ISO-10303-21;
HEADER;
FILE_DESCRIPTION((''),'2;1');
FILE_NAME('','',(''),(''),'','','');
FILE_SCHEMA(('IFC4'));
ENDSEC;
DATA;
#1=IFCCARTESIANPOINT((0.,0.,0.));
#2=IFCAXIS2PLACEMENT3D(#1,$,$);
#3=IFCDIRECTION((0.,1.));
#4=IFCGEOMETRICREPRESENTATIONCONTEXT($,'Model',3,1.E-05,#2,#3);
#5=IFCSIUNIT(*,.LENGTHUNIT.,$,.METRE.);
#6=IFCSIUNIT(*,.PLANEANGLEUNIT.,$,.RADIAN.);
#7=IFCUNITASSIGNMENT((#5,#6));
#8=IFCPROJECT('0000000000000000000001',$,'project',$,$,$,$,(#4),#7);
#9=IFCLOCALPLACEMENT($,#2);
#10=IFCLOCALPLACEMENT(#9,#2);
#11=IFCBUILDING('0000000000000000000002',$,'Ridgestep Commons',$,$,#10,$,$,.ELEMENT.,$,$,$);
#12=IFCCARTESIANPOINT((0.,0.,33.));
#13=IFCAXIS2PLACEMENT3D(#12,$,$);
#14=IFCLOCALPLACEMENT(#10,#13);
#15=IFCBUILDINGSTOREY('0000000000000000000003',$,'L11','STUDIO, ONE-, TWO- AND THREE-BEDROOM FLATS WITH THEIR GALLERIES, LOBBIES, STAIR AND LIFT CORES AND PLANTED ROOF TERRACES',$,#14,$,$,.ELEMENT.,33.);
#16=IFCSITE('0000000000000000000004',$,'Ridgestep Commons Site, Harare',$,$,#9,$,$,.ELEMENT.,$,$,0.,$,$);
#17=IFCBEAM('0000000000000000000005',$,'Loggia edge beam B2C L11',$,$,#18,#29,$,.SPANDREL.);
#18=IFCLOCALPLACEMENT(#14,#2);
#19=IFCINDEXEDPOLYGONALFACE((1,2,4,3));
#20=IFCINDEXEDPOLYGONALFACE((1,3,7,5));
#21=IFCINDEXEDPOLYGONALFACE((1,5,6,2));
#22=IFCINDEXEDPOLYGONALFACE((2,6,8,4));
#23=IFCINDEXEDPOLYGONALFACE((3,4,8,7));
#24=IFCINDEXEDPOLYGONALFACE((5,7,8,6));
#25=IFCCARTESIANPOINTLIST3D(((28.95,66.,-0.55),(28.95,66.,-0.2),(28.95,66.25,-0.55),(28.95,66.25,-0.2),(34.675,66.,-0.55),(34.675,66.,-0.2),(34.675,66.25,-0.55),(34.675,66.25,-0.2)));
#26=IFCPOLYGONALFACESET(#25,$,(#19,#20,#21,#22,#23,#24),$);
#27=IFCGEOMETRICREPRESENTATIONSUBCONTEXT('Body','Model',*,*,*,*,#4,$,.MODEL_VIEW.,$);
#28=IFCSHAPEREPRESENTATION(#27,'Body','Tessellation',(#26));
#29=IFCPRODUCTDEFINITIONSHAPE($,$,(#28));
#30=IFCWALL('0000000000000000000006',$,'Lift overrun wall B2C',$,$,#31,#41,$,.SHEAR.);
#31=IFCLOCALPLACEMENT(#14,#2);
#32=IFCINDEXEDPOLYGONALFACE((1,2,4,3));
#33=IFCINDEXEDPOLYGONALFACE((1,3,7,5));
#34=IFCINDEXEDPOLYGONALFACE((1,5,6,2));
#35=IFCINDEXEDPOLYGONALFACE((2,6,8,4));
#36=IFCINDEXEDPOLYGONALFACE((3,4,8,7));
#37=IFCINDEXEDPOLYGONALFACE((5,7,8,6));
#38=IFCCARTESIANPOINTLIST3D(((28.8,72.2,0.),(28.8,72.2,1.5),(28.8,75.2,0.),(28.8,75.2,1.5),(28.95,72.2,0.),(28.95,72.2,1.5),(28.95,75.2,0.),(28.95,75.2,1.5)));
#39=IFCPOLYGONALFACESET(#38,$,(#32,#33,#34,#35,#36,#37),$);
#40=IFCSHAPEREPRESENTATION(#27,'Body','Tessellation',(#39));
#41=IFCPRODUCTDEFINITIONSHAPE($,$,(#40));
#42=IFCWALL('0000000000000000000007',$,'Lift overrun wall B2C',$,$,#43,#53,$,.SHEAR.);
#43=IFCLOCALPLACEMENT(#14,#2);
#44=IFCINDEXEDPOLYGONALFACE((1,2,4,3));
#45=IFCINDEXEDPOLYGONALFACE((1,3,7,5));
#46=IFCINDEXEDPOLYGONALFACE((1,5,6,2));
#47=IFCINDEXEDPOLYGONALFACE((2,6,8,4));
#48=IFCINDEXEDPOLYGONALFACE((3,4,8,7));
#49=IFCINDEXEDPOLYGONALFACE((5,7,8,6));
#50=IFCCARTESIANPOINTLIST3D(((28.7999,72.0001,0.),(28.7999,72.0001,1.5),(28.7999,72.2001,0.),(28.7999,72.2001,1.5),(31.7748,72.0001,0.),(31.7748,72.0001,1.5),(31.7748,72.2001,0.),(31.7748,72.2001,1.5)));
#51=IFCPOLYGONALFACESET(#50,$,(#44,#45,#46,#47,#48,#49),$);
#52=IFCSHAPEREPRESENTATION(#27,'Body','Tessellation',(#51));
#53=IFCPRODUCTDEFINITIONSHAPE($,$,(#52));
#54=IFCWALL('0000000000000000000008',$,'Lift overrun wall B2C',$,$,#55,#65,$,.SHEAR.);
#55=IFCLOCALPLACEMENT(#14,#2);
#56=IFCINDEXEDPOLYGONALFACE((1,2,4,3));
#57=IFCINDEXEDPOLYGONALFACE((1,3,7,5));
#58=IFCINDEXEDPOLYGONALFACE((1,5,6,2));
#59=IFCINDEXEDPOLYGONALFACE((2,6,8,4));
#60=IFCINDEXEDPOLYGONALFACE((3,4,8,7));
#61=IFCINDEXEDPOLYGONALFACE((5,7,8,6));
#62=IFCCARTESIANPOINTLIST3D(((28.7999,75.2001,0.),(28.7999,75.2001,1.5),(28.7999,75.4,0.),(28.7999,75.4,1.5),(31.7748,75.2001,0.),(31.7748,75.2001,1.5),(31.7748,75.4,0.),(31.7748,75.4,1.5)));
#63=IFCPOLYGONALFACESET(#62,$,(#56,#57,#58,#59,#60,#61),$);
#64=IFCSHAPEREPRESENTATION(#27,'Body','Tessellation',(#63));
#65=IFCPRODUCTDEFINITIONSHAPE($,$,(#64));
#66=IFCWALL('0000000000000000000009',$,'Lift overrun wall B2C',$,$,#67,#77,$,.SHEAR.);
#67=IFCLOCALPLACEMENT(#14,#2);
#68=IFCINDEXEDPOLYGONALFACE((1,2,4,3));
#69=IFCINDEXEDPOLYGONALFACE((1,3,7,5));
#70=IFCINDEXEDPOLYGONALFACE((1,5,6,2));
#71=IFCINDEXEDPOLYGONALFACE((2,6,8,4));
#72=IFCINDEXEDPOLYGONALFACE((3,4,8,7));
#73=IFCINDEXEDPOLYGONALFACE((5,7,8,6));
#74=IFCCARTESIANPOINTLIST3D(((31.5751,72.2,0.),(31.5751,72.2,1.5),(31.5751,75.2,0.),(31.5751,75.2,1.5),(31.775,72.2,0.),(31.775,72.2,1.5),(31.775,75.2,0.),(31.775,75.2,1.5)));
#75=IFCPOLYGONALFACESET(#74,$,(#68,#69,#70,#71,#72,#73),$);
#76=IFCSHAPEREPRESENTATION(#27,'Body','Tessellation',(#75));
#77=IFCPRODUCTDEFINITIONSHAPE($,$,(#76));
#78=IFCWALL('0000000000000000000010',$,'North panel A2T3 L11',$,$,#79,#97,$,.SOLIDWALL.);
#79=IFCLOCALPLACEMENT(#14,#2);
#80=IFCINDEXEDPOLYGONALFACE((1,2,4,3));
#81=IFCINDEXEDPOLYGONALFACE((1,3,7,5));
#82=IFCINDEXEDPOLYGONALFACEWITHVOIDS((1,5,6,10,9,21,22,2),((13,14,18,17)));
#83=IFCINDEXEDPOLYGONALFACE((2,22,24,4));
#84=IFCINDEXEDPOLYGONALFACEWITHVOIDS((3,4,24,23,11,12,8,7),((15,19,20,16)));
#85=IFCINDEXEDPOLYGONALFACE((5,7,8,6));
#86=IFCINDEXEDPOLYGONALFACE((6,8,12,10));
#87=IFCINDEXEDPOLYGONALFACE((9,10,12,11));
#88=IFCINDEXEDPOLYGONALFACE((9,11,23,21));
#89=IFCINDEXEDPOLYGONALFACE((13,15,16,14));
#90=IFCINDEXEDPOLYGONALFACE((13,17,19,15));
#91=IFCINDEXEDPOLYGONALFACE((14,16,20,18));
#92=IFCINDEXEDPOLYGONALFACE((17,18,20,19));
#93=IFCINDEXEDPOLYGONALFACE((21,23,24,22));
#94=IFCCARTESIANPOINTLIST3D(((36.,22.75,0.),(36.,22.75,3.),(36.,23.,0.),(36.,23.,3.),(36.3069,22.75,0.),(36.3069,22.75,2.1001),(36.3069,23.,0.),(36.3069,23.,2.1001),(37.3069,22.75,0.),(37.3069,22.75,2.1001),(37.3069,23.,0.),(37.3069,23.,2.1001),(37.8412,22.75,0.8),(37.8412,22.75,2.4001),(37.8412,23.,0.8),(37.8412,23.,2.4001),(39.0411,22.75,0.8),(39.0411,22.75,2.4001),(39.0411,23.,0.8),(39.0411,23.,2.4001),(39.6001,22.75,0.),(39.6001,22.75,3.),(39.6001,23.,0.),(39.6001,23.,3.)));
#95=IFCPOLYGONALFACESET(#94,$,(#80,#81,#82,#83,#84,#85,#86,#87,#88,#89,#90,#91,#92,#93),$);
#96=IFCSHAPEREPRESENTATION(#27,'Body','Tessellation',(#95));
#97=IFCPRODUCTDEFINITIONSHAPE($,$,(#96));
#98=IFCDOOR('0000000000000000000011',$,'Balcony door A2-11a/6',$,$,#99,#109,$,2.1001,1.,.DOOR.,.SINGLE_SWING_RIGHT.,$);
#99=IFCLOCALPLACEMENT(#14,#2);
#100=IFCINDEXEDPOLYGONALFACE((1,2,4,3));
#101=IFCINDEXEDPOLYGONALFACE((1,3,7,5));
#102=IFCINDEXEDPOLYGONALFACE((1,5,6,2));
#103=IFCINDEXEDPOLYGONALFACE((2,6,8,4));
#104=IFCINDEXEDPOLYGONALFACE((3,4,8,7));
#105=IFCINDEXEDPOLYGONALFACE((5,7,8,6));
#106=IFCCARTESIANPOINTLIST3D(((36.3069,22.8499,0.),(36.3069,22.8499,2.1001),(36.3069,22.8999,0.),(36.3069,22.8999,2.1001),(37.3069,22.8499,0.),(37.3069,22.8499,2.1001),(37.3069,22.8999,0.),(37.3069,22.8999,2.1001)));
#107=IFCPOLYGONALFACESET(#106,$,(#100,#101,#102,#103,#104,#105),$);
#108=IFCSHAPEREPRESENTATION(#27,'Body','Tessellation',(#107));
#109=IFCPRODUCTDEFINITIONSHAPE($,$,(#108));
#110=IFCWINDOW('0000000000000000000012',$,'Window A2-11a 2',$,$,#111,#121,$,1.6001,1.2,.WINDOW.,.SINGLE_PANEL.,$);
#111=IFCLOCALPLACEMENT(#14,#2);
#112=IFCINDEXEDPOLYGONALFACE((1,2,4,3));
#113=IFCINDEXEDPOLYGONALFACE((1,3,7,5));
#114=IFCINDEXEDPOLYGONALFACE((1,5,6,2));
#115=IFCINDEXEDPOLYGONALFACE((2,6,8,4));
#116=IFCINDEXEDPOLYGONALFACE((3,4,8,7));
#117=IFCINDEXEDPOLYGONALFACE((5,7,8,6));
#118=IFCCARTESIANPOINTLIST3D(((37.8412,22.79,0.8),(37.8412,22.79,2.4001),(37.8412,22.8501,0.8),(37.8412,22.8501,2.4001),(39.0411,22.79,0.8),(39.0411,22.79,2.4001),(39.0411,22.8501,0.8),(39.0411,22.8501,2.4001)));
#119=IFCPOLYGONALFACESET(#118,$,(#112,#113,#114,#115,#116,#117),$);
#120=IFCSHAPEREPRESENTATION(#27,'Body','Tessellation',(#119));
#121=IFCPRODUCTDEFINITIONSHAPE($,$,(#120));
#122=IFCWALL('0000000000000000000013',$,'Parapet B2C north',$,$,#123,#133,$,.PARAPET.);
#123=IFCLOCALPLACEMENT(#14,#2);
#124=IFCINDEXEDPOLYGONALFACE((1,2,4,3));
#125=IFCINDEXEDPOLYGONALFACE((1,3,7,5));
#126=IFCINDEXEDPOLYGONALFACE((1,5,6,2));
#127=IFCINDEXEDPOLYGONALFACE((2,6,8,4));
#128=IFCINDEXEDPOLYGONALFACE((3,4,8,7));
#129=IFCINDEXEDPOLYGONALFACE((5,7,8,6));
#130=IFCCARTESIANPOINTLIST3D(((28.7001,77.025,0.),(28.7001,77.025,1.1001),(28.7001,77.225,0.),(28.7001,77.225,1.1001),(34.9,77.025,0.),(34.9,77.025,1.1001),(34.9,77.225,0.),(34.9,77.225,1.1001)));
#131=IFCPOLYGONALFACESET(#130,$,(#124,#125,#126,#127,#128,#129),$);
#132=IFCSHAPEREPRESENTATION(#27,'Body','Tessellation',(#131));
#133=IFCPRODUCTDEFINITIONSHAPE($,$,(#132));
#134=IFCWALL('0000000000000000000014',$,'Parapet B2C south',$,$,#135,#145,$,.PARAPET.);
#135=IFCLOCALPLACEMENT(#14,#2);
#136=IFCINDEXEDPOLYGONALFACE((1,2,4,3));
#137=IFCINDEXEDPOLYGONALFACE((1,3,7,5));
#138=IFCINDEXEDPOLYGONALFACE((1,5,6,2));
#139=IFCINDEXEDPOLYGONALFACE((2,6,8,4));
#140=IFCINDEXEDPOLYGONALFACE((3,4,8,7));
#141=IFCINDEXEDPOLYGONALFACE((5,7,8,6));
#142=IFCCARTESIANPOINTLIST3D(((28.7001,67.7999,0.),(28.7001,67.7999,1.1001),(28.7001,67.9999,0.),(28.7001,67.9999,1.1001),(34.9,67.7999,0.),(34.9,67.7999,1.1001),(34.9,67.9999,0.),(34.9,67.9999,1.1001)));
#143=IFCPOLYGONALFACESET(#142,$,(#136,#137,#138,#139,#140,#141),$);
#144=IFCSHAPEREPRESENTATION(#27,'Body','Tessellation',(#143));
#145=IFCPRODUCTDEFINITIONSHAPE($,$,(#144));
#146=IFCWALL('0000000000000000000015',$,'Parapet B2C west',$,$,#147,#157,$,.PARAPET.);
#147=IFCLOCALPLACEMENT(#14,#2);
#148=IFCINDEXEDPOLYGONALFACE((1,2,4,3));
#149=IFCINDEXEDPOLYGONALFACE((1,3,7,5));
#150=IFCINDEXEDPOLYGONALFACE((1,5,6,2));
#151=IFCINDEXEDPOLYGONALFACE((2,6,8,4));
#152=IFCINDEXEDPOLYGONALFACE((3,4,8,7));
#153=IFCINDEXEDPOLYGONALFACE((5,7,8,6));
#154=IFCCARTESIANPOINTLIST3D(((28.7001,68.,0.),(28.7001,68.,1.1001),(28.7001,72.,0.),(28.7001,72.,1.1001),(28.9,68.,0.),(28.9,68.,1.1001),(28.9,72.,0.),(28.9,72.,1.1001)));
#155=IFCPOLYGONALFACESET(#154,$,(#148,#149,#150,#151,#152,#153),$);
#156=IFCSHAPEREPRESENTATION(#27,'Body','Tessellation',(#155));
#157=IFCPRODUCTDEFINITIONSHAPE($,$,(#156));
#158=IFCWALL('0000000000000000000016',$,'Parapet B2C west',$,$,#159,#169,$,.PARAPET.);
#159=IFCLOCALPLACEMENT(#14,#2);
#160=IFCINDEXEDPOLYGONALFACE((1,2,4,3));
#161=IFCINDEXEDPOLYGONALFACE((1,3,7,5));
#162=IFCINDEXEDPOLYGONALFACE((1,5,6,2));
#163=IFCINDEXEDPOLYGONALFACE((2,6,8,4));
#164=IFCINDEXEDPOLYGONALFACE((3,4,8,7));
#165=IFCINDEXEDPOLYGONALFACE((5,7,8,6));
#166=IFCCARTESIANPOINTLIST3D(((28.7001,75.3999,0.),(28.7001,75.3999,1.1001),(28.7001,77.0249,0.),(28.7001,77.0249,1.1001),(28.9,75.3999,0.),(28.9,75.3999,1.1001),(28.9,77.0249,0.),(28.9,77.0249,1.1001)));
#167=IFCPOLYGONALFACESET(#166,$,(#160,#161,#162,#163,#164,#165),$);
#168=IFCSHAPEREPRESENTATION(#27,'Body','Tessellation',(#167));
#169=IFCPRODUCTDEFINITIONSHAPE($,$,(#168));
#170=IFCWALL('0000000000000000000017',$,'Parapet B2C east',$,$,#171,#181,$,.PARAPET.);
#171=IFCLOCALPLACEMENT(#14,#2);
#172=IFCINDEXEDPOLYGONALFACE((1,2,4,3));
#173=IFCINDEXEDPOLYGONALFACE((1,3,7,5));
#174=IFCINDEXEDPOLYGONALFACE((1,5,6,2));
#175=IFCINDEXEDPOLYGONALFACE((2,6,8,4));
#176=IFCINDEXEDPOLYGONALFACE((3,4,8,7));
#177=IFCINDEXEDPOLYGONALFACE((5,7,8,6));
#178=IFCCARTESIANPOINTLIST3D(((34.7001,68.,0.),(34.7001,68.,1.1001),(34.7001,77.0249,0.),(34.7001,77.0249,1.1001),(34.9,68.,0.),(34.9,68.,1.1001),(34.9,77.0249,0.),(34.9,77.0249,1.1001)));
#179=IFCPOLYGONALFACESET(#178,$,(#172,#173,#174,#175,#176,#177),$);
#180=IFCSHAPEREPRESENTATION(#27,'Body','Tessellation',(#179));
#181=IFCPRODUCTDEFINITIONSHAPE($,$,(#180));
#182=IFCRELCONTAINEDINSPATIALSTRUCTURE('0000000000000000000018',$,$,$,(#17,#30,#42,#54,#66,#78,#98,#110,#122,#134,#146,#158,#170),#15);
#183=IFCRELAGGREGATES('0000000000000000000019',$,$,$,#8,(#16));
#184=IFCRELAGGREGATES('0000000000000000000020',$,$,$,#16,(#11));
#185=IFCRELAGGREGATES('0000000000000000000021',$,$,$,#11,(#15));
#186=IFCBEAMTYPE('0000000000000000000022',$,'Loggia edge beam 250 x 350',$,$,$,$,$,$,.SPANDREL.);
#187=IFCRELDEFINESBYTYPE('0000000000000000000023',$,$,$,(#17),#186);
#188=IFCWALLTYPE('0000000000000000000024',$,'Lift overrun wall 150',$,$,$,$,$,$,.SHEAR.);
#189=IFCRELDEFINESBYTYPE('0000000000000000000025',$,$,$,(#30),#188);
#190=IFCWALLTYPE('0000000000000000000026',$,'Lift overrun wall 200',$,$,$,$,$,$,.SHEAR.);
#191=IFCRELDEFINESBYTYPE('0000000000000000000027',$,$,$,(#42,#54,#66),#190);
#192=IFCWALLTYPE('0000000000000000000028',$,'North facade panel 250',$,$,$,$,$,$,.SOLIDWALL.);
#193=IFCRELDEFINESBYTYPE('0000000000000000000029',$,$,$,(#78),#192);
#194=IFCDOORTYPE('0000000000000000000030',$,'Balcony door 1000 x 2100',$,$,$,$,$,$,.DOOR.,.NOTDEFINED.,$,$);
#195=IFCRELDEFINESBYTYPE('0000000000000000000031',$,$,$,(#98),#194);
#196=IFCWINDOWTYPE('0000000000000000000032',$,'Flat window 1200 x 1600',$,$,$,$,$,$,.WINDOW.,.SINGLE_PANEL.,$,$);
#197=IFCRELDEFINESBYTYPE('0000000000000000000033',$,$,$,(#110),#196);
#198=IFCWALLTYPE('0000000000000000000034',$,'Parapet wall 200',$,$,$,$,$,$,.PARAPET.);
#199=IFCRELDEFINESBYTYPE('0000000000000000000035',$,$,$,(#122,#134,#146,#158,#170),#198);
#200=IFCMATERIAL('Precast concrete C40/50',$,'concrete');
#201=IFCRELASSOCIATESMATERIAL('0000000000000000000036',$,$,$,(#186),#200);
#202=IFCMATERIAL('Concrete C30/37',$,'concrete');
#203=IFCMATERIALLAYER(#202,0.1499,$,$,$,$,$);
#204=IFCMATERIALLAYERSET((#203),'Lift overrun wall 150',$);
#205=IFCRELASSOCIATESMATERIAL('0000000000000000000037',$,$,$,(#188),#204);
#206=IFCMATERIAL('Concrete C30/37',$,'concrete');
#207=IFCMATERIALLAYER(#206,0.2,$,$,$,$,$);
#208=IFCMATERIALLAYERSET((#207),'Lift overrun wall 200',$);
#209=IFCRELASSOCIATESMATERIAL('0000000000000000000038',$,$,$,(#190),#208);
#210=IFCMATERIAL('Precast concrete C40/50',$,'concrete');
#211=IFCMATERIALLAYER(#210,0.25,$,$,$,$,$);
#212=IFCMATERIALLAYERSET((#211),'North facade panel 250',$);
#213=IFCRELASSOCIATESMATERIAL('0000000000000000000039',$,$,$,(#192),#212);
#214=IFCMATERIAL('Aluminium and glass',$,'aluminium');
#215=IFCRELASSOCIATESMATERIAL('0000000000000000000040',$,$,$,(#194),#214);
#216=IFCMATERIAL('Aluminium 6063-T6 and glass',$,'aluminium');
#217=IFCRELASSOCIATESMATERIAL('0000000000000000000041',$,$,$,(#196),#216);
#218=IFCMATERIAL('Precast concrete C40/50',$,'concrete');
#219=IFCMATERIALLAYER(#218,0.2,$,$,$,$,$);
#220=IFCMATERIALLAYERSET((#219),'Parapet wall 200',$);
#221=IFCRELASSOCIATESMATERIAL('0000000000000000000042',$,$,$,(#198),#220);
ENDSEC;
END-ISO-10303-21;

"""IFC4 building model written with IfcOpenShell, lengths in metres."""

from ifc_helpers import new_model, si_unit, direction, frame, frame_2d, origin, origin_2d, place, context, subcontext, project, spatial, rectangle, extrude, material, layer, layer_set, material_profile, profile_set, type_object, element, fill, save


model = new_model("IFC4")

# Units and contexts
model_context = context("Model", 3, precision=1e-05, world=origin(), true_north=direction((0.0, 1.0)))
body_context = subcontext(model_context, "Body", "Model", "MODEL_VIEW")
ifc_project = project(units=[si_unit("LENGTHUNIT", "METRE"), si_unit("PLANEANGLEUNIT", "RADIAN")], contexts=[model_context])

# Site, building, storey
site_placement = place(None, origin())
site = spatial("IfcSite", under=ifc_project, at=site_placement, Name="Ridgestep Commons Site, Harare", CompositionType="ELEMENT", RefElevation=0.0)
building_placement = place(site_placement, origin())
building = spatial("IfcBuilding", under=site, at=building_placement, Name="Ridgestep Commons", CompositionType="ELEMENT")
storey_placement = place(building_placement, frame((0.0, 0.0, 33.0)))
storey = spatial("IfcBuildingStorey", under=building, at=storey_placement, Name="L11", Description="STUDIO, ONE-, TWO- AND THREE-BEDROOM FLATS WITH THEIR GALLERIES, LOBBIES, STAIR AND LIFT CORES AND PLANTED ROOF TERRACES", CompositionType="ELEMENT", Elevation=33.0)

# Beam
ifc_material_1 = material(Name="Precast concrete C40/50", Category="concrete")
ifc_material_profile = material_profile(ifc_material_1, rectangle(XDim=0.25, YDim=0.3501, at=origin_2d()), Name="PC 250x350")
ifc_profile_set = profile_set([ifc_material_profile], Name="Precast concrete C40/50")
beam_type = type_object("IfcBeamType", Name="Loggia edge beam 250 x 350", PredefinedType="SPANDREL", material=ifc_profile_set)
beam_placement = place(storey_placement, frame((28.95, 66.125, -0.375), z_axis=(1.0, 0.0, 0.0), x_axis=(0.0, 1.0, 0.0)))
element("IfcBeam", 1, at=beam_placement, inside=storey, type_object=beam_type, Name="Loggia edge beam B2C L11", PredefinedType="SPANDREL", context=body_context, shape_type="SweptSolid", body=[
    extrude(rectangle(XDim=0.25, YDim=0.3501, at=origin_2d()), origin(), (0.0, 0.0, 1.0), 5.7251),
])

# Walls
ifc_material_2 = material(Name="Concrete C30/37", Category="concrete")
ifc_layer_1 = layer(ifc_material_2, 0.1499)
ifc_layer_set_1 = layer_set([ifc_layer_1], Name="Lift overrun wall 150")
wall_type_1 = type_object("IfcWallType", Name="Lift overrun wall 150", PredefinedType="SHEAR", material=ifc_layer_set_1)
wall_1_placement = place(storey_placement, frame((28.875, 72.2, 0.0), z_axis=(0.0, 0.0, 1.0), x_axis=(0.0, 1.0, 0.0)))
element("IfcWall", 2, at=wall_1_placement, inside=storey, type_object=wall_type_1, Name="Lift overrun wall B2C", PredefinedType="SHEAR", context=body_context, shape_type="SweptSolid", body=[
    extrude(rectangle(XDim=3.0, YDim=0.1499, at=frame_2d((1.5, 0.0))), origin(), (0.0, 0.0, 1.0), 1.5),
])
ifc_material_3 = material(Name="Concrete C30/37", Category="concrete")
ifc_layer_2 = layer(ifc_material_3, 0.2)
ifc_layer_set_2 = layer_set([ifc_layer_2], Name="Lift overrun wall 200")
wall_type_2 = type_object("IfcWallType", Name="Lift overrun wall 200", PredefinedType="SHEAR", material=ifc_layer_set_2)
for number, where, z_axis, x_axis, name in (
    (3, (28.8, 72.1001, 0.0), (0.0, 0.0, 1.0), (1.0, 0.0, 0.0), "Lift overrun wall B2C"),
    (4, (28.8, 75.3, 0.0), (0.0, 0.0, 1.0), (1.0, 0.0, 0.0), "Lift overrun wall B2C"),
):
    element("IfcWall", number, at=place(storey_placement, frame(where, z_axis=z_axis, x_axis=x_axis)), inside=storey, type_object=wall_type_2, Name=name, PredefinedType="SHEAR", context=body_context, shape_type="SweptSolid", body=[
        extrude(rectangle(XDim=2.9749, YDim=0.2, at=frame_2d((1.4873, 0.0))), origin(), (0.0, 0.0, 1.0), 1.5),
    ])
wall_2_placement = place(storey_placement, frame((31.675, 72.2, 0.0), z_axis=(0.0, 0.0, 1.0), x_axis=(0.0, 1.0, 0.0)))
element("IfcWall", 5, at=wall_2_placement, inside=storey, type_object=wall_type_2, Name="Lift overrun wall B2C", PredefinedType="SHEAR", context=body_context, shape_type="SweptSolid", body=[
    extrude(rectangle(XDim=3.0, YDim=0.2, at=frame_2d((1.5, 0.0))), origin(), (0.0, 0.0, 1.0), 1.5),
])

# Wall, openings, door, window
ifc_material_4 = material(Name="Precast concrete C40/50", Category="concrete")
ifc_layer_3 = layer(ifc_material_4, 0.25)
ifc_layer_set_3 = layer_set([ifc_layer_3], Name="North facade panel 250")
wall_type_3 = type_object("IfcWallType", Name="North facade panel 250", PredefinedType="SOLIDWALL", material=ifc_layer_set_3)
wall_3_placement = place(storey_placement, frame((36.0, 22.875, 0.0), z_axis=(0.0, 0.0, 1.0), x_axis=(1.0, 0.0, 0.0)))
wall_3 = element("IfcWall", 6, at=wall_3_placement, inside=storey, type_object=wall_type_3, Name="North panel A2T3 L11", PredefinedType="SOLIDWALL", context=body_context, shape_type="SweptSolid", body=[
    extrude(rectangle(XDim=3.6001, YDim=0.25, at=frame_2d((1.8, 0.0))), origin(), (0.0, 0.0, 1.0), 3.0),
])
opening_1_placement = place(wall_3_placement, frame((1.8411, 0.0, 0.8)))
opening_1 = element("IfcOpeningElement", 7, at=opening_1_placement, cuts=wall_3, PredefinedType="OPENING", context=body_context, shape_type="SweptSolid", body=[
    extrude(rectangle(XDim=1.2, YDim=1.6001, at=frame_2d((0.6001, 0.8))), frame((0.0, 0.135, 0.0), z_axis=(0.0, -1.0, 0.0), x_axis=(1.0, 0.0, 0.0)), (0.0, 0.0, 1.0), 0.27),
])
opening_2_placement = place(wall_3_placement, frame((0.3069, 0.0, 0.0)))
opening_2 = element("IfcOpeningElement", 8, at=opening_2_placement, cuts=wall_3, PredefinedType="OPENING", context=body_context, shape_type="SweptSolid", body=[
    extrude(rectangle(XDim=1.0, YDim=2.1001, at=frame_2d((0.5, 1.05))), frame((0.0, 0.135, 0.0), z_axis=(0.0, -1.0, 0.0), x_axis=(1.0, 0.0, 0.0)), (0.0, 0.0, 1.0), 0.27),
])
ifc_material_5 = material(Name="Aluminium and glass", Category="aluminium")
door_type = type_object("IfcDoorType", Name="Balcony door 1000 x 2100", OperationType="NOTDEFINED", PredefinedType="DOOR", material=ifc_material_5)
door_placement = place(opening_2_placement, origin())
door = element("IfcDoor", 9, at=door_placement, inside=storey, type_object=door_type, Name="Balcony door A2-11a/6", OperationType="SINGLE_SWING_RIGHT", OverallHeight=2.1001, OverallWidth=1.0, PredefinedType="DOOR", context=body_context, shape_type="SweptSolid", body=[
    extrude(rectangle(XDim=1.0, YDim=2.1001, at=frame_2d((0.5, 1.05))), frame((0.0, 0.0249, 0.0), z_axis=(0.0, -1.0, 0.0), x_axis=(1.0, 0.0, 0.0)), (0.0, 0.0, 1.0), 0.05),
])
fill(opening_2, door)
ifc_material_6 = material(Name="Aluminium 6063-T6 and glass", Category="aluminium")
window_type = type_object("IfcWindowType", Name="Flat window 1200 x 1600", PartitioningType="SINGLE_PANEL", PredefinedType="WINDOW", material=ifc_material_6)
window_placement = place(opening_1_placement, origin())
window = element("IfcWindow", 10, at=window_placement, inside=storey, type_object=window_type, Name="Window A2-11a 2", OverallHeight=1.6001, OverallWidth=1.2, PartitioningType="SINGLE_PANEL", PredefinedType="WINDOW", context=body_context, shape_type="SweptSolid", body=[
    extrude(rectangle(XDim=1.2, YDim=1.6001, at=frame_2d((0.6001, 0.8))), frame((0.0, -0.0249, 0.0), z_axis=(0.0, -1.0, 0.0), x_axis=(1.0, 0.0, 0.0)), (0.0, 0.0, 1.0), 0.0601),
])
fill(opening_1, window)

# Walls
ifc_material_7 = material(Name="Precast concrete C40/50", Category="concrete")
ifc_layer_4 = layer(ifc_material_7, 0.2)
ifc_layer_set_4 = layer_set([ifc_layer_4], Name="Parapet wall 200")
wall_type_4 = type_object("IfcWallType", Name="Parapet wall 200", PredefinedType="PARAPET", material=ifc_layer_set_4)
for number, where, z_axis, x_axis, name in (
    (11, (28.7, 77.125, 0.0), (0.0, 0.0, 1.0), (1.0, 0.0, 0.0), "Parapet B2C north"),
    (12, (28.7, 67.8999, 0.0), (0.0, 0.0, 1.0), (1.0, 0.0, 0.0), "Parapet B2C south"),
):
    element("IfcWall", number, at=place(storey_placement, frame(where, z_axis=z_axis, x_axis=x_axis)), inside=storey, type_object=wall_type_4, Name=name, PredefinedType="PARAPET", context=body_context, shape_type="SweptSolid", body=[
        extrude(rectangle(XDim=6.2, YDim=0.2, at=frame_2d((3.1001, 0.0))), origin(), (0.0, 0.0, 1.0), 1.1001),
    ])
wall_4_placement = place(storey_placement, frame((28.8, 68.0, 0.0), z_axis=(0.0, 0.0, 1.0), x_axis=(0.0, 1.0, 0.0)))
element("IfcWall", 13, at=wall_4_placement, inside=storey, type_object=wall_type_4, Name="Parapet B2C west", PredefinedType="PARAPET", context=body_context, shape_type="SweptSolid", body=[
    extrude(rectangle(XDim=4.0, YDim=0.2, at=frame_2d((2.0, 0.0))), origin(), (0.0, 0.0, 1.0), 1.1001),
])
wall_5_placement = place(storey_placement, frame((28.8, 75.3999, 0.0), z_axis=(0.0, 0.0, 1.0), x_axis=(0.0, 1.0, 0.0)))
element("IfcWall", 14, at=wall_5_placement, inside=storey, type_object=wall_type_4, Name="Parapet B2C west", PredefinedType="PARAPET", context=body_context, shape_type="SweptSolid", body=[
    extrude(rectangle(XDim=1.625, YDim=0.2, at=frame_2d((0.8125, 0.0))), origin(), (0.0, 0.0, 1.0), 1.1001),
])
wall_6_placement = place(storey_placement, frame((34.8, 68.0, 0.0), z_axis=(0.0, 0.0, 1.0), x_axis=(0.0, 1.0, 0.0)))
element("IfcWall", 15, at=wall_6_placement, inside=storey, type_object=wall_type_4, Name="Parapet B2C east", PredefinedType="PARAPET", context=body_context, shape_type="SweptSolid", body=[
    extrude(rectangle(XDim=9.0249, YDim=0.2, at=frame_2d((4.5125, 0.0))), origin(), (0.0, 0.0, 1.0), 1.1001),
])

save(model, "model.ifc")
